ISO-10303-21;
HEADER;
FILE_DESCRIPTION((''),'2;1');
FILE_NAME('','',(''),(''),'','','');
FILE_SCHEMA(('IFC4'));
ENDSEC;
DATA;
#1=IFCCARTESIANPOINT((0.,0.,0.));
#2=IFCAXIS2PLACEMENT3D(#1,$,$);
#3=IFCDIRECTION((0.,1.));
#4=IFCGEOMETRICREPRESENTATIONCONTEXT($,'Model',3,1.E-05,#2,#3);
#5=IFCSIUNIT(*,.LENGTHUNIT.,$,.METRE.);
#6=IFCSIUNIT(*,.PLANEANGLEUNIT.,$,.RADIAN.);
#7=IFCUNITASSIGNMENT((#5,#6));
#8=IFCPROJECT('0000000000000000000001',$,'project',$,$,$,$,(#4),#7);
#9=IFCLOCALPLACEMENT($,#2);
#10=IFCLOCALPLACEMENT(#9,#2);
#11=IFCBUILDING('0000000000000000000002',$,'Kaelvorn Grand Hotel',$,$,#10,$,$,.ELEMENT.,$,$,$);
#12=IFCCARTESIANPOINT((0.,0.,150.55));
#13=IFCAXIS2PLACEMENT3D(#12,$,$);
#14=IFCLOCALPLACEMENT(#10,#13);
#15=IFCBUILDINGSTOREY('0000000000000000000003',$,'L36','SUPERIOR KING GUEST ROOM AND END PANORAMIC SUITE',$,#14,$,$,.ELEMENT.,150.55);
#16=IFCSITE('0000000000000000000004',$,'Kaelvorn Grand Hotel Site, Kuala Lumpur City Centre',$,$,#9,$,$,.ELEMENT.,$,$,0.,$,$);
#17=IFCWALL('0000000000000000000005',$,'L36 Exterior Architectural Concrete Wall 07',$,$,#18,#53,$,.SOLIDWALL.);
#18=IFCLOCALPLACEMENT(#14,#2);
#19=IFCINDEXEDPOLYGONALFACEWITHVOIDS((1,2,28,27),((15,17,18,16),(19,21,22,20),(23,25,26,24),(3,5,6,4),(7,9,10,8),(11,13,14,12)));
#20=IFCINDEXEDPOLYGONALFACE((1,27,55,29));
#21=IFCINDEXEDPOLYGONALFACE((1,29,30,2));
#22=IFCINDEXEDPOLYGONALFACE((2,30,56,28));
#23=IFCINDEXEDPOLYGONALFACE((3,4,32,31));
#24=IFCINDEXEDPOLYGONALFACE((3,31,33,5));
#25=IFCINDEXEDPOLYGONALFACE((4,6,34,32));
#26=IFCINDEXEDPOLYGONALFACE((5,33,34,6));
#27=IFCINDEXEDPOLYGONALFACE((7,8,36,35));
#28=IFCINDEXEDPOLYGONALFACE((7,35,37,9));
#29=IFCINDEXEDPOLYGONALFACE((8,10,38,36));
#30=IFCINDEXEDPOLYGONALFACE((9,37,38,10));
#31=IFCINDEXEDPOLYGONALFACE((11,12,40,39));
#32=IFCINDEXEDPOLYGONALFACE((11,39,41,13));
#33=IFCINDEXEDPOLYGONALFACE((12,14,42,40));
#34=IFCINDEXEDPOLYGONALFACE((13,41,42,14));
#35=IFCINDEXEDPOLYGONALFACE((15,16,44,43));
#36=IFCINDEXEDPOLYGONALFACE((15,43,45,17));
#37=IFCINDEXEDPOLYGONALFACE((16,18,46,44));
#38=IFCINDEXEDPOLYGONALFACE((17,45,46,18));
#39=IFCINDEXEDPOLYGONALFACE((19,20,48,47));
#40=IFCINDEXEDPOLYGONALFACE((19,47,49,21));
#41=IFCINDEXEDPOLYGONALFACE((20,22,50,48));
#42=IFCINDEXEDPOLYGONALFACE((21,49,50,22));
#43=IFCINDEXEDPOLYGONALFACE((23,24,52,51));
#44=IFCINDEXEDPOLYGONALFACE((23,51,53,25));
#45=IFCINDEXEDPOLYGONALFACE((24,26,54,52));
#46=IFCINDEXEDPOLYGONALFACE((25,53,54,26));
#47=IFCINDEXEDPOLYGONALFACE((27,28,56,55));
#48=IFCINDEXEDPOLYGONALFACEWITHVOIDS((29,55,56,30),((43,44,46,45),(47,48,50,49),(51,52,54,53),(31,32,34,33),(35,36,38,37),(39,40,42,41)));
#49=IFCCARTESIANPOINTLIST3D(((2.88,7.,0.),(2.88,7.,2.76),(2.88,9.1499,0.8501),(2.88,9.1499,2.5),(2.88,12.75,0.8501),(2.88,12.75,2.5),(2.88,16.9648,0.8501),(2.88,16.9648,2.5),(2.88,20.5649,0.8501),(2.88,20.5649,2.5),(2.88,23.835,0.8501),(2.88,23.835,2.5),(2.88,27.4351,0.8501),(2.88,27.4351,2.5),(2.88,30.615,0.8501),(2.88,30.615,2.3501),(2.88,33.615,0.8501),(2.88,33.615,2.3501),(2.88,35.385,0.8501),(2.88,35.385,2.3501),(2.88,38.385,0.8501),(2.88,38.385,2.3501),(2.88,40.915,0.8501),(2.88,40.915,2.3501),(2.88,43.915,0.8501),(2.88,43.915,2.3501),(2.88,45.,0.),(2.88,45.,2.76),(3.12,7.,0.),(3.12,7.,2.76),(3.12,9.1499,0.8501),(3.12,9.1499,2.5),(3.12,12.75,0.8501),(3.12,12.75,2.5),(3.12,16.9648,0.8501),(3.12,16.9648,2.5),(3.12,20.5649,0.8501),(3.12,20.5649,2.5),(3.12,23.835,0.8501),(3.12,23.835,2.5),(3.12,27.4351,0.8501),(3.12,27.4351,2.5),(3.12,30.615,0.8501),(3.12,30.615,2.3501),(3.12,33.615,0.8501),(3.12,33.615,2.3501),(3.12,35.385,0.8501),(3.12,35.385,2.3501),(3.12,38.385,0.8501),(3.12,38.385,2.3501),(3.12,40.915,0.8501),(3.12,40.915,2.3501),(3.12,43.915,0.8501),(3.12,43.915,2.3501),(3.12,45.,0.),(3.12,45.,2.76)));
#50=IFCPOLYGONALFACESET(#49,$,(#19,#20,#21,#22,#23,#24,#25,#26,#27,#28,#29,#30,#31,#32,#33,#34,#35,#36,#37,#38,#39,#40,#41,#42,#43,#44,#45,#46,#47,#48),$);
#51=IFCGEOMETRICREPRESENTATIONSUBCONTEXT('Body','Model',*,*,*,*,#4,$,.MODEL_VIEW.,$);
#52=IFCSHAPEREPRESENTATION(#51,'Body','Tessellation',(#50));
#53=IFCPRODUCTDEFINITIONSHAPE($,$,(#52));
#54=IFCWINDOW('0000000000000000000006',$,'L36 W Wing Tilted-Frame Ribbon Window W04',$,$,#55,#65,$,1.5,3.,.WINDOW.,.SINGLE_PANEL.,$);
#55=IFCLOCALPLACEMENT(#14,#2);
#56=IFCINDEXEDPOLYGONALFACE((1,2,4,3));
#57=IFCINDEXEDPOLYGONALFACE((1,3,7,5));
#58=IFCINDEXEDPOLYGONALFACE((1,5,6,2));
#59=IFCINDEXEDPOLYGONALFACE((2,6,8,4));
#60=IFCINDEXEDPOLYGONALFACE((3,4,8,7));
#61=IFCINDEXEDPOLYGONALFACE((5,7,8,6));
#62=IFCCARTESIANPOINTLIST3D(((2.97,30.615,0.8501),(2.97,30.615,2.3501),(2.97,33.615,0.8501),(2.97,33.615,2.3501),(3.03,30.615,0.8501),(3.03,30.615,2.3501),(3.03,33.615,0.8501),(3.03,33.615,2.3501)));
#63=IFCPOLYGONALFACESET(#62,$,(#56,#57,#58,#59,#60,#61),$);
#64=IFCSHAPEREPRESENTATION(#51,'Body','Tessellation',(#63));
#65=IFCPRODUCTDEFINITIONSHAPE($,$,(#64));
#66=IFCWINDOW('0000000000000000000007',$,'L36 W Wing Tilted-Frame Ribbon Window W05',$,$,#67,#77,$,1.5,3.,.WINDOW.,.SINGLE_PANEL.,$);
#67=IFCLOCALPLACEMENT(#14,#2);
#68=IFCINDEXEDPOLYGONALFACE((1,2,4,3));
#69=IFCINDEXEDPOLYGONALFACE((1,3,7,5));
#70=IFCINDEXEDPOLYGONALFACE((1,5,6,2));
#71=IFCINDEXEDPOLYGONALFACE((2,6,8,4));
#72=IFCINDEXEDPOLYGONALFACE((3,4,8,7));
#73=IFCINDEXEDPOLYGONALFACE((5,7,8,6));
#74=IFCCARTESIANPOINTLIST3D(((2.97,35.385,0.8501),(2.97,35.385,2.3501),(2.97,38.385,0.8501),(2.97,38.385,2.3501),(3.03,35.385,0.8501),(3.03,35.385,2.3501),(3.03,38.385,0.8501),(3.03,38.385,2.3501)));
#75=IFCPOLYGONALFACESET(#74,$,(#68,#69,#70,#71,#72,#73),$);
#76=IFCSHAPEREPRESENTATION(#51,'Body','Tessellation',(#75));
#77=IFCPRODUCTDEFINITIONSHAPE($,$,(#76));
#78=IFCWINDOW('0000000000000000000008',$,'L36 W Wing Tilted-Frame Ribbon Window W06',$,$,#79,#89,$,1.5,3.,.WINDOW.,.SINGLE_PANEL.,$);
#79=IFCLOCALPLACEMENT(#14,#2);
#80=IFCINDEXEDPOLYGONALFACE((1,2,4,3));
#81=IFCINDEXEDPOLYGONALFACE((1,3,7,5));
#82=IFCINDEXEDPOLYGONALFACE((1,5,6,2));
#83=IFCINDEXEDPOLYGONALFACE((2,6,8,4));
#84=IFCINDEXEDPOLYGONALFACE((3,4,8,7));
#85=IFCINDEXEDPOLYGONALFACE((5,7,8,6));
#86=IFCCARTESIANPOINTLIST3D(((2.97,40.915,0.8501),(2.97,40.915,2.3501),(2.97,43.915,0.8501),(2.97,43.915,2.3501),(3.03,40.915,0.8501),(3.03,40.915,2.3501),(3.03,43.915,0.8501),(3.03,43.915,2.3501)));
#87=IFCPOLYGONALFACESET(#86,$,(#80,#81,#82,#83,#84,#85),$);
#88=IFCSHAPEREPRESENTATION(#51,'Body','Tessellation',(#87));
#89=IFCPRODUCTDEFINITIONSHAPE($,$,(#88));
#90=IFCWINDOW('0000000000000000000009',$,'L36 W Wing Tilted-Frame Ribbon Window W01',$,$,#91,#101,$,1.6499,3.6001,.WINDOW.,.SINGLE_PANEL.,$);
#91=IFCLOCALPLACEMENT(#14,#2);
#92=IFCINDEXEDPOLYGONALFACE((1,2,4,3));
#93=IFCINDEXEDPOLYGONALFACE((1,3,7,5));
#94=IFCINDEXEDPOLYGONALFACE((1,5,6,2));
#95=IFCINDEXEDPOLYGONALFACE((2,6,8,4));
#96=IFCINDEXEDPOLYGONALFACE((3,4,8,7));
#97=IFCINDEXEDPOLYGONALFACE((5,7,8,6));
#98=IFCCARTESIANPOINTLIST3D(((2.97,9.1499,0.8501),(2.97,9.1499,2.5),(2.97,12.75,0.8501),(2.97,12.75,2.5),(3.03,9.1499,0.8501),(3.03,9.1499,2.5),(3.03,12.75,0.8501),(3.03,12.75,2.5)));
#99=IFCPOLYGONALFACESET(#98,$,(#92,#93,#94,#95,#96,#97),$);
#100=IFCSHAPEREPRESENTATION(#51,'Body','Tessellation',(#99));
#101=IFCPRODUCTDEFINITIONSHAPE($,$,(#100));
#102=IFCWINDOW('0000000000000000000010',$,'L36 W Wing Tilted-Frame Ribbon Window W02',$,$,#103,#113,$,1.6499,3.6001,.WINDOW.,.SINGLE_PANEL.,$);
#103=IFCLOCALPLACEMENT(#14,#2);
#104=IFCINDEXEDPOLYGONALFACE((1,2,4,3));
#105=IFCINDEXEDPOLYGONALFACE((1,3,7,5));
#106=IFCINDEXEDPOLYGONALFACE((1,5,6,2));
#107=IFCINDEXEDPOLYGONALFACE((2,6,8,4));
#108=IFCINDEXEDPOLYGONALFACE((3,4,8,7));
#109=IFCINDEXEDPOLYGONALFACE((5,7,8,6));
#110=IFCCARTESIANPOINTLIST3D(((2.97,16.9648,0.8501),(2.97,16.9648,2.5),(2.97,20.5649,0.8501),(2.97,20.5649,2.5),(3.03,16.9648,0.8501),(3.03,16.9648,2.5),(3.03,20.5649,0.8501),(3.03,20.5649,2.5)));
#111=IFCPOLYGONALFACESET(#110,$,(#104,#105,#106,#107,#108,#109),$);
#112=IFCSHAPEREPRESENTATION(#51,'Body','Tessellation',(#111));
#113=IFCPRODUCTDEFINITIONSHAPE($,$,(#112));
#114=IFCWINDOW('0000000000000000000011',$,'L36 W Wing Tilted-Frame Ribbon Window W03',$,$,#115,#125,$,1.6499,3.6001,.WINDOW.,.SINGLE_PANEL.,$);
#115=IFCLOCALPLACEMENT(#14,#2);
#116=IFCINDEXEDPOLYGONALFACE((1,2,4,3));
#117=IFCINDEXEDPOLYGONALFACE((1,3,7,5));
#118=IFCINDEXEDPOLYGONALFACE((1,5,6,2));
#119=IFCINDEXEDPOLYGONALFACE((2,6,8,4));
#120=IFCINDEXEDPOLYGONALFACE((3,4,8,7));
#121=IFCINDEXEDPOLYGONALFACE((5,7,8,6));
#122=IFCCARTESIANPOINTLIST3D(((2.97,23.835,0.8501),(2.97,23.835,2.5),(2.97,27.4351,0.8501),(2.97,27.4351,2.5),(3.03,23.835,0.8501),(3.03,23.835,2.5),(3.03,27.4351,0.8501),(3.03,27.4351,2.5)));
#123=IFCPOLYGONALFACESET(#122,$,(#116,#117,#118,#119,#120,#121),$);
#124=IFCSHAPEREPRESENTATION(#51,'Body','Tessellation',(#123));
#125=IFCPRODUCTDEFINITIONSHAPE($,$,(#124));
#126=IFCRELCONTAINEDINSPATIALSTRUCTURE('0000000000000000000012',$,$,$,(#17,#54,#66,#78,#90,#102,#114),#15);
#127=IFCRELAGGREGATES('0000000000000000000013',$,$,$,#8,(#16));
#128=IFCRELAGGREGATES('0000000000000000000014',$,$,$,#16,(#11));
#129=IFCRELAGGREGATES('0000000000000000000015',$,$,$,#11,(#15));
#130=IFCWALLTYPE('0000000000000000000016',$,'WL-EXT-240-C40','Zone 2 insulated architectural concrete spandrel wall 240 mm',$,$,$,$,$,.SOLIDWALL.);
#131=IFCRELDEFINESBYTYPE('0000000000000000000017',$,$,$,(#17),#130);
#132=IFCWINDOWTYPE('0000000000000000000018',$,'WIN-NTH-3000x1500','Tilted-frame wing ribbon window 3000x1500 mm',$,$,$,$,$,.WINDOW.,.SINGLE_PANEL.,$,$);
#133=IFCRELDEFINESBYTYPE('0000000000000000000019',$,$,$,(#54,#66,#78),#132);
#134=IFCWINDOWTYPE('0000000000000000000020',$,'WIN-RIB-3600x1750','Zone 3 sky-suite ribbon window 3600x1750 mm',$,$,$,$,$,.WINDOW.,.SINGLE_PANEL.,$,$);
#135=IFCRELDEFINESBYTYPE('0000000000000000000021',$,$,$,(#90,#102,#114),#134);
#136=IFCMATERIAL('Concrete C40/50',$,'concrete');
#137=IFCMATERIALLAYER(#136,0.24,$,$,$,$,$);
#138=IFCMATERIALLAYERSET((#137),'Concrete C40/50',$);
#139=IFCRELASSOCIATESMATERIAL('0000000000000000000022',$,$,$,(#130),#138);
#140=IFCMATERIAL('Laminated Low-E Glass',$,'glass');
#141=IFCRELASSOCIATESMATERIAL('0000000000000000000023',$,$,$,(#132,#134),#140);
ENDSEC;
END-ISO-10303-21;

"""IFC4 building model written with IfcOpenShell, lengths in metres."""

from ifc_helpers import new_model, si_unit, direction, frame, frame_2d, origin, place, context, subcontext, project, spatial, rectangle, extrude, material, layer, layer_set, type_object, element, fill, save


model = new_model("IFC4")

# Units and contexts
model_context = context("Model", 3, precision=1e-05, world=origin(), true_north=direction((0.0, 1.0)))
body_context = subcontext(model_context, "Body", "Model", "MODEL_VIEW")
ifc_project = project(units=[si_unit("LENGTHUNIT", "METRE"), si_unit("PLANEANGLEUNIT", "RADIAN")], contexts=[model_context])

# Site, building, storey
site_placement = place(None, origin())
site = spatial("IfcSite", under=ifc_project, at=site_placement, Name="Kaelvorn Grand Hotel Site, Kuala Lumpur City Centre", CompositionType="ELEMENT", RefElevation=0.0)
building_placement = place(site_placement, origin())
building = spatial("IfcBuilding", under=site, at=building_placement, Name="Kaelvorn Grand Hotel", CompositionType="ELEMENT")
storey_placement = place(building_placement, frame((0.0, 0.0, 150.55)))
storey = spatial("IfcBuildingStorey", under=building, at=storey_placement, Name="L36", Description="SUPERIOR KING GUEST ROOM AND END PANORAMIC SUITE", CompositionType="ELEMENT", Elevation=150.55)

# Shared definitions
ifc_material_1 = material(Name="Concrete C40/50", Category="concrete")
ifc_layer_1 = layer(ifc_material_1, 0.24)
ifc_layer_set_1 = layer_set([ifc_layer_1], Name="Concrete C40/50")
wall_type = type_object("IfcWallType", Name="WL-EXT-240-C40", Description="Zone 2 insulated architectural concrete spandrel wall 240 mm", PredefinedType="SOLIDWALL", material=ifc_layer_set_1)
ifc_material_2 = material(Name="Laminated Low-E Glass", Category="glass")

# Wall, openings, windows
wall_1_placement = place(storey_placement, frame((3.0, 45.0, 0.0), z_axis=(0.0, 0.0, 1.0), x_axis=(0.0, -1.0, 0.0)))
wall_1 = element("IfcWall", 1, at=wall_1_placement, inside=storey, type_object=wall_type, Name="L36 Exterior Architectural Concrete Wall 07", PredefinedType="SOLIDWALL", context=body_context, shape_type="SweptSolid", body=[
    extrude(rectangle(XDim=38.0, YDim=0.24, at=frame_2d((19.0, 0.0))), origin(), (0.0, 0.0, 1.0), 2.76),
])
opening_1_placement = place(wall_1_placement, frame((32.25, 0.0, 0.8501)))
opening_1 = element("IfcOpeningElement", 2, at=opening_1_placement, cuts=wall_1, PredefinedType="OPENING", context=body_context, shape_type="SweptSolid", body=[
    extrude(rectangle(XDim=3.6001, YDim=1.6499, at=frame_2d((1.8, 0.825))), frame((0.0, 0.1299, 0.0), z_axis=(0.0, -1.0, 0.0), x_axis=(1.0, 0.0, 0.0)), (0.0, 0.0, 1.0), 0.26),
])
opening_2_placement = place(wall_1_placement, frame((24.4351, 0.0, 0.8501)))
opening_2 = element("IfcOpeningElement", 3, at=opening_2_placement, cuts=wall_1, PredefinedType="OPENING", context=body_context, shape_type="SweptSolid", body=[
    extrude(rectangle(XDim=3.6001, YDim=1.6499, at=frame_2d((1.8, 0.825))), frame((0.0, 0.1299, 0.0), z_axis=(0.0, -1.0, 0.0), x_axis=(1.0, 0.0, 0.0)), (0.0, 0.0, 1.0), 0.26),
])
opening_3_placement = place(wall_1_placement, frame((17.5649, 0.0, 0.8501)))
opening_3 = element("IfcOpeningElement", 4, at=opening_3_placement, cuts=wall_1, PredefinedType="OPENING", context=body_context, shape_type="SweptSolid", body=[
    extrude(rectangle(XDim=3.6001, YDim=1.6499, at=frame_2d((1.8, 0.825))), frame((0.0, 0.1299, 0.0), z_axis=(0.0, -1.0, 0.0), x_axis=(1.0, 0.0, 0.0)), (0.0, 0.0, 1.0), 0.26),
])
opening_4_placement = place(wall_1_placement, frame((11.385, 0.0, 0.8501)))
opening_4 = element("IfcOpeningElement", 5, at=opening_4_placement, cuts=wall_1, PredefinedType="OPENING", context=body_context, shape_type="SweptSolid", body=[
    extrude(rectangle(XDim=3.0, YDim=1.5, at=frame_2d((1.5, 0.75))), frame((0.0, 0.1299, 0.0), z_axis=(0.0, -1.0, 0.0), x_axis=(1.0, 0.0, 0.0)), (0.0, 0.0, 1.0), 0.26),
])
opening_5_placement = place(wall_1_placement, frame((6.615, 0.0, 0.8501)))
opening_5 = element("IfcOpeningElement", 6, at=opening_5_placement, cuts=wall_1, PredefinedType="OPENING", context=body_context, shape_type="SweptSolid", body=[
    extrude(rectangle(XDim=3.0, YDim=1.5, at=frame_2d((1.5, 0.75))), frame((0.0, 0.1299, 0.0), z_axis=(0.0, -1.0, 0.0), x_axis=(1.0, 0.0, 0.0)), (0.0, 0.0, 1.0), 0.26),
])
opening_6_placement = place(wall_1_placement, frame((1.085, 0.0, 0.8501)))
opening_6 = element("IfcOpeningElement", 7, at=opening_6_placement, cuts=wall_1, PredefinedType="OPENING", context=body_context, shape_type="SweptSolid", body=[
    extrude(rectangle(XDim=3.0, YDim=1.5, at=frame_2d((1.5, 0.75))), frame((0.0, 0.1299, 0.0), z_axis=(0.0, -1.0, 0.0), x_axis=(1.0, 0.0, 0.0)), (0.0, 0.0, 1.0), 0.26),
])
window_type_1 = type_object("IfcWindowType", Name="WIN-NTH-3000x1500", Description="Tilted-frame wing ribbon window 3000x1500 mm", PartitioningType="SINGLE_PANEL", PredefinedType="WINDOW", material=ifc_material_2)
window_1_placement = place(opening_4_placement, origin())
window_1 = element("IfcWindow", 8, at=window_1_placement, inside=storey, type_object=window_type_1, Name="L36 W Wing Tilted-Frame Ribbon Window W04", OverallHeight=1.5, OverallWidth=3.0, PartitioningType="SINGLE_PANEL", PredefinedType="WINDOW", context=body_context, shape_type="SweptSolid", body=[
    extrude(rectangle(XDim=3.0, YDim=1.5, at=frame_2d((1.5, 0.75))), frame((0.0, 0.03, 0.0), z_axis=(0.0, -1.0, 0.0), x_axis=(1.0, 0.0, 0.0)), (0.0, 0.0, 1.0), 0.0601),
])
fill(opening_4, window_1)
window_2_placement = place(opening_5_placement, origin())
window_2 = element("IfcWindow", 9, at=window_2_placement, inside=storey, type_object=window_type_1, Name="L36 W Wing Tilted-Frame Ribbon Window W05", OverallHeight=1.5, OverallWidth=3.0, PartitioningType="SINGLE_PANEL", PredefinedType="WINDOW", context=body_context, shape_type="SweptSolid", body=[
    extrude(rectangle(XDim=3.0, YDim=1.5, at=frame_2d((1.5, 0.75))), frame((0.0, 0.03, 0.0), z_axis=(0.0, -1.0, 0.0), x_axis=(1.0, 0.0, 0.0)), (0.0, 0.0, 1.0), 0.0601),
])
fill(opening_5, window_2)
window_3_placement = place(opening_6_placement, origin())
window_3 = element("IfcWindow", 10, at=window_3_placement, inside=storey, type_object=window_type_1, Name="L36 W Wing Tilted-Frame Ribbon Window W06", OverallHeight=1.5, OverallWidth=3.0, PartitioningType="SINGLE_PANEL", PredefinedType="WINDOW", context=body_context, shape_type="SweptSolid", body=[
    extrude(rectangle(XDim=3.0, YDim=1.5, at=frame_2d((1.5, 0.75))), frame((0.0, 0.03, 0.0), z_axis=(0.0, -1.0, 0.0), x_axis=(1.0, 0.0, 0.0)), (0.0, 0.0, 1.0), 0.0601),
])
fill(opening_6, window_3)
window_type_2 = type_object("IfcWindowType", Name="WIN-RIB-3600x1750", Description="Zone 3 sky-suite ribbon window 3600x1750 mm", PartitioningType="SINGLE_PANEL", PredefinedType="WINDOW", material=ifc_material_2)
window_4_placement = place(opening_1_placement, origin())
window_4 = element("IfcWindow", 11, at=window_4_placement, inside=storey, type_object=window_type_2, Name="L36 W Wing Tilted-Frame Ribbon Window W01", OverallHeight=1.6499, OverallWidth=3.6001, PartitioningType="SINGLE_PANEL", PredefinedType="WINDOW", context=body_context, shape_type="SweptSolid", body=[
    extrude(rectangle(XDim=3.6001, YDim=1.6499, at=frame_2d((1.8, 0.825))), frame((0.0, 0.03, 0.0), z_axis=(0.0, -1.0, 0.0), x_axis=(1.0, 0.0, 0.0)), (0.0, 0.0, 1.0), 0.0601),
])
fill(opening_1, window_4)
window_5_placement = place(opening_2_placement, origin())
window_5 = element("IfcWindow", 12, at=window_5_placement, inside=storey, type_object=window_type_2, Name="L36 W Wing Tilted-Frame Ribbon Window W02", OverallHeight=1.6499, OverallWidth=3.6001, PartitioningType="SINGLE_PANEL", PredefinedType="WINDOW", context=body_context, shape_type="SweptSolid", body=[
    extrude(rectangle(XDim=3.6001, YDim=1.6499, at=frame_2d((1.8, 0.825))), frame((0.0, 0.03, 0.0), z_axis=(0.0, -1.0, 0.0), x_axis=(1.0, 0.0, 0.0)), (0.0, 0.0, 1.0), 0.0601),
])
fill(opening_2, window_5)
window_6_placement = place(opening_3_placement, origin())
window_6 = element("IfcWindow", 13, at=window_6_placement, inside=storey, type_object=window_type_2, Name="L36 W Wing Tilted-Frame Ribbon Window W03", OverallHeight=1.6499, OverallWidth=3.6001, PartitioningType="SINGLE_PANEL", PredefinedType="WINDOW", context=body_context, shape_type="SweptSolid", body=[
    extrude(rectangle(XDim=3.6001, YDim=1.6499, at=frame_2d((1.8, 0.825))), frame((0.0, 0.03, 0.0), z_axis=(0.0, -1.0, 0.0), x_axis=(1.0, 0.0, 0.0)), (0.0, 0.0, 1.0), 0.0601),
])
fill(opening_3, window_6)

save(model, "model.ifc")
